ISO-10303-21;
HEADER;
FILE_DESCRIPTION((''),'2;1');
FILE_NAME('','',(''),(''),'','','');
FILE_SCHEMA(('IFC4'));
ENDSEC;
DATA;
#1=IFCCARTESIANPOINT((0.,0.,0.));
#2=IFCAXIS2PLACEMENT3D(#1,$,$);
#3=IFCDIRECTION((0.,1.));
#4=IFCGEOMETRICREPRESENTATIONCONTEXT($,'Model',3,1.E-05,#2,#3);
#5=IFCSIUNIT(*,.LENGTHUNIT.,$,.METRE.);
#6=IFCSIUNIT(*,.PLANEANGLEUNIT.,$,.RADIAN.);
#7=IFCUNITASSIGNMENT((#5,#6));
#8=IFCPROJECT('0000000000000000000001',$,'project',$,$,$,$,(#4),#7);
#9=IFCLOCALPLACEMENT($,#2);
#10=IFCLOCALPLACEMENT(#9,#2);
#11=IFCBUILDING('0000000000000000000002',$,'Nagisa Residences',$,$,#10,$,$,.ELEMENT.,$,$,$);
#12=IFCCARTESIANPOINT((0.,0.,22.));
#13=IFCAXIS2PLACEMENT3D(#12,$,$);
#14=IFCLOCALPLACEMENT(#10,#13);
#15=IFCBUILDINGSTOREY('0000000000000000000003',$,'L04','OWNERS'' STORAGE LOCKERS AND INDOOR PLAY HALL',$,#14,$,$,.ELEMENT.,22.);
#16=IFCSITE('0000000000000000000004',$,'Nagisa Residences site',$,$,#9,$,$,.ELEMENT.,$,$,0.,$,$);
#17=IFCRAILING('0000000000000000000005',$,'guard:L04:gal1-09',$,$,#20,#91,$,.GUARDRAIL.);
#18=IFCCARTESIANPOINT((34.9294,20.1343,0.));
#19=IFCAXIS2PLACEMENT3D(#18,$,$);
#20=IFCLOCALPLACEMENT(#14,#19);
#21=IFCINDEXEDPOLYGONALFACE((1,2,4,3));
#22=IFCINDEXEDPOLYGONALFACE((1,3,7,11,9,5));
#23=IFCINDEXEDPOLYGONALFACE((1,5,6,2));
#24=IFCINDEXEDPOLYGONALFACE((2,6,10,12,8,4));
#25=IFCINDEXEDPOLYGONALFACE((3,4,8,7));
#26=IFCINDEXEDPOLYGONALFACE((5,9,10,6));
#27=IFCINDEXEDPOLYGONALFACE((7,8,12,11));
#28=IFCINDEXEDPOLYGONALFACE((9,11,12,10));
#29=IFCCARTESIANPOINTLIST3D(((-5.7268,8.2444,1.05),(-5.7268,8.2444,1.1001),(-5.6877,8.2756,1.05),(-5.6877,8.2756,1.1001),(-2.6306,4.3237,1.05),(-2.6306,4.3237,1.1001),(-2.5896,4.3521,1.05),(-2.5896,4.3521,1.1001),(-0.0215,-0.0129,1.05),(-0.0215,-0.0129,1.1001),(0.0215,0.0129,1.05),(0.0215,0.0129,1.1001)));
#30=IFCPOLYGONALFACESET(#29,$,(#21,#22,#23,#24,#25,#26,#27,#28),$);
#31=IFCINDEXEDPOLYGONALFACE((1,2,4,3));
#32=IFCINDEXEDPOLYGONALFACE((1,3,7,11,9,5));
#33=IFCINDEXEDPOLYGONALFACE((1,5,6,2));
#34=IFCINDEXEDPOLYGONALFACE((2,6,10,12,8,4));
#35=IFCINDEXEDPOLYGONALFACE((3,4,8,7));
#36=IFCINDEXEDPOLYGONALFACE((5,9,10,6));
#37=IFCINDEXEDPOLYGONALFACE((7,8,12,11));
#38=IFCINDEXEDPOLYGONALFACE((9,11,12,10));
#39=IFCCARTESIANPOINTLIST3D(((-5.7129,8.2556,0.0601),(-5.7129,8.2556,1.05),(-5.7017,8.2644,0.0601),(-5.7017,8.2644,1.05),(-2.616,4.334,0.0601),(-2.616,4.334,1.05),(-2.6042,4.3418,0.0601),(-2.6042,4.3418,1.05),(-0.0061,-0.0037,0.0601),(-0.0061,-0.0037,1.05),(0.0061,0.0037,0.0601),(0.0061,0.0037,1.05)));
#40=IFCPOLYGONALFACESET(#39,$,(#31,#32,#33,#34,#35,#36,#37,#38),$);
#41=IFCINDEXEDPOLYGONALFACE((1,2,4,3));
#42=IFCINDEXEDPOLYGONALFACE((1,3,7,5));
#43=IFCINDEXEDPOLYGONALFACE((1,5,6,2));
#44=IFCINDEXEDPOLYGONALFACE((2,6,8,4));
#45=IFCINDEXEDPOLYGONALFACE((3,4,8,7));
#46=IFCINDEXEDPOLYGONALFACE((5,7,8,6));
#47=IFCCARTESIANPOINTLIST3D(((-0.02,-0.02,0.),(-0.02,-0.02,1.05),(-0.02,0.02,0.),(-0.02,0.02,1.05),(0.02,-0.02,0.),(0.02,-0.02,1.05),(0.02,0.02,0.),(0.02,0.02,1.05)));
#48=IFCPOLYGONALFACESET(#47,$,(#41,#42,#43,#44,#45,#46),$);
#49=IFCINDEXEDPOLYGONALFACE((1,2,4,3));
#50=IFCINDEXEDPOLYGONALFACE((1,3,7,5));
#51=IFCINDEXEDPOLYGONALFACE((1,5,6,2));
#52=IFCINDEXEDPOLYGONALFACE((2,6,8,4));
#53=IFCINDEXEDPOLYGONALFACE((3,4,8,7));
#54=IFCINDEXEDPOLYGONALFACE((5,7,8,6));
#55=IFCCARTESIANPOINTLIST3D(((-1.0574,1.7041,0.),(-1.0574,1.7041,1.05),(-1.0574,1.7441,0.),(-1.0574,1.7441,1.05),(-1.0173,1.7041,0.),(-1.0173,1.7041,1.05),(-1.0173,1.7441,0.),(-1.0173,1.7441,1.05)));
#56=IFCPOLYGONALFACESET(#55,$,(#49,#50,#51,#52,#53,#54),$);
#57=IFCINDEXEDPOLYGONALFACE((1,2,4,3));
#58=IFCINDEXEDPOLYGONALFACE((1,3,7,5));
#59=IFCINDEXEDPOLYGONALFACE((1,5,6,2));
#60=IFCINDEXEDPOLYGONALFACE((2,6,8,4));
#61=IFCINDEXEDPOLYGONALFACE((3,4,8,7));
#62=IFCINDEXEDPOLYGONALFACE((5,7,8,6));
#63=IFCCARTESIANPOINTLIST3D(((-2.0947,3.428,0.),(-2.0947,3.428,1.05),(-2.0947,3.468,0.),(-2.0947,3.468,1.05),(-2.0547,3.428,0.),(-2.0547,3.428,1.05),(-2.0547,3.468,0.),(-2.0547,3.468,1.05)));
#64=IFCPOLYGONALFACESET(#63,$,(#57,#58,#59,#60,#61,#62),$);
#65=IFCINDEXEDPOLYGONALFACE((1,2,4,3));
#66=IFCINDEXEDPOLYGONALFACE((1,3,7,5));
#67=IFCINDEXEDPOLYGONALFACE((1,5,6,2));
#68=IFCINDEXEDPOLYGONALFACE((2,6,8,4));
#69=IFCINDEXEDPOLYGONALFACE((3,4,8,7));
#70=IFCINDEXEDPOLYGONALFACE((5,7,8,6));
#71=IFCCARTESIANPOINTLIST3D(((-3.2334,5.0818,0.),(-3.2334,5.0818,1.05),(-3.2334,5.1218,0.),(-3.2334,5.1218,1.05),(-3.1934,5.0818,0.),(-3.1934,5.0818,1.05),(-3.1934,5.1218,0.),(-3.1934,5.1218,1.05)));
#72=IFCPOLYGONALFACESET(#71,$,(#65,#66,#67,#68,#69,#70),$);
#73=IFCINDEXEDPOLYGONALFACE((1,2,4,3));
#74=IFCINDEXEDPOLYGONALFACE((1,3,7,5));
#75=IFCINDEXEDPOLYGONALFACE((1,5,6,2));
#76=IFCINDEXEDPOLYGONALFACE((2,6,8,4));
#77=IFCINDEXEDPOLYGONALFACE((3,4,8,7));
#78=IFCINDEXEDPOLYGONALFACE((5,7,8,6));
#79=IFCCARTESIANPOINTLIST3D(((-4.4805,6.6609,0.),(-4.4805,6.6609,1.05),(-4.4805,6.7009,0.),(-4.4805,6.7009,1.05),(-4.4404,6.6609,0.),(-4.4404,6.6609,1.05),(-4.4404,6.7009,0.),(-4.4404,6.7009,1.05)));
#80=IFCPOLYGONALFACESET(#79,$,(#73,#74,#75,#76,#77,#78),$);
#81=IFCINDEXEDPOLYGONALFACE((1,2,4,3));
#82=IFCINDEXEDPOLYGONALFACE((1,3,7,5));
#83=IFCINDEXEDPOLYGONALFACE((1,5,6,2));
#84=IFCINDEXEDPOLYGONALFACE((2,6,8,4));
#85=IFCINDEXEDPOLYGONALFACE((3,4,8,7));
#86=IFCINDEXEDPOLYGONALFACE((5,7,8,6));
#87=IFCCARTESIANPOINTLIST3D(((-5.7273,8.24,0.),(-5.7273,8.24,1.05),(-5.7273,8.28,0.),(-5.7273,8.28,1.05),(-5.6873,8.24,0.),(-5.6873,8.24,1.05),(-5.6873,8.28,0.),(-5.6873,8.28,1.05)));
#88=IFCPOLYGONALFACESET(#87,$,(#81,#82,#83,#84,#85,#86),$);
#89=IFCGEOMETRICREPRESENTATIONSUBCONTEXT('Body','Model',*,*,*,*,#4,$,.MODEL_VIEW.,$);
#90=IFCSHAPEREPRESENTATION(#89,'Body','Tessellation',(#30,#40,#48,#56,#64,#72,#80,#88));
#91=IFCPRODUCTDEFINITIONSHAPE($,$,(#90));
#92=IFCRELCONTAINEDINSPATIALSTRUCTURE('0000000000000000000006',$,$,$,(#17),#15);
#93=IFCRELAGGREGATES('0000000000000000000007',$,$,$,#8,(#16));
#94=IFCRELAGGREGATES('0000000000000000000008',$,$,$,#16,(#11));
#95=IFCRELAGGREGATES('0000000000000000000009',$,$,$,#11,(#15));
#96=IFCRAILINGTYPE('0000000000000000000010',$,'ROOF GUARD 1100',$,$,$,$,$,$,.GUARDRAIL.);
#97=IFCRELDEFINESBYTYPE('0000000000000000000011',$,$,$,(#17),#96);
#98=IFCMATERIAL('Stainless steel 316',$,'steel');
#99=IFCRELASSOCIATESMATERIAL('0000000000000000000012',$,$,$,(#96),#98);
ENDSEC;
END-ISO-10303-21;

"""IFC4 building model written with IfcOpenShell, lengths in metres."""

from ifc_helpers import new_model, si_unit, direction, frame, origin, origin_2d, place, context, subcontext, project, spatial, polyline, rectangle, outline, extrude, material, type_object, element, save


model = new_model("IFC4")

# Units and contexts
model_context = context("Model", 3, precision=1e-05, world=origin(), true_north=direction((0.0, 1.0)))
body_context = subcontext(model_context, "Body", "Model", "MODEL_VIEW")
ifc_project = project(units=[si_unit("LENGTHUNIT", "METRE"), si_unit("PLANEANGLEUNIT", "RADIAN")], contexts=[model_context])

# Site, building, storey
site_placement = place(None, origin())
site = spatial("IfcSite", under=ifc_project, at=site_placement, Name="Nagisa Residences site", CompositionType="ELEMENT", RefElevation=0.0)
building_placement = place(site_placement, origin())
building = spatial("IfcBuilding", under=site, at=building_placement, Name="Nagisa Residences", CompositionType="ELEMENT")
storey_placement = place(building_placement, frame((0.0, 0.0, 22.0)))
storey = spatial("IfcBuildingStorey", under=building, at=storey_placement, Name="L04", Description="OWNERS' STORAGE LOCKERS AND INDOOR PLAY HALL", CompositionType="ELEMENT", Elevation=22.0)

# Railing
ifc_material_1 = material(Name="Stainless steel 316", Category="steel")
railing_type = type_object("IfcRailingType", Name="ROOF GUARD 1100", PredefinedType="GUARDRAIL", material=ifc_material_1)
railing_placement = place(storey_placement, frame((34.9294, 20.1343, 0.0)))
element("IfcRailing", 1, at=railing_placement, inside=storey, type_object=railing_type, Name="guard:L04:gal1-09", PredefinedType="GUARDRAIL", context=body_context, shape_type="SweptSolid", body=[
    extrude(outline(polyline([(-2.6306, 4.3237), (-0.0215, -0.0129), (0.0215, 0.0129), (-2.5896, 4.3521), (-5.6877, 8.2756), (-5.7268, 8.2444), (-2.6306, 4.3237)])), frame((0.0, 0.0, 1.05)), (0.0, 0.0, 1.0), 0.05),
    extrude(outline(polyline([(-2.616, 4.334), (-0.0061, -0.0037), (0.0061, 0.0037), (-2.6042, 4.3418), (-5.7017, 8.2644), (-5.7129, 8.2556), (-2.616, 4.334)])), frame((0.0, 0.0, 0.0601)), (0.0, 0.0, 1.0), 0.99),
    extrude(rectangle(XDim=0.04, YDim=0.04, at=origin_2d()), origin(), (0.0, 0.0, 1.0), 1.05),
    extrude(rectangle(XDim=0.04, YDim=0.04, at=origin_2d()), frame((-1.0374, 1.7241, 0.0)), (0.0, 0.0, 1.0), 1.05),
    extrude(rectangle(XDim=0.04, YDim=0.04, at=origin_2d()), frame((-2.0747, 3.448, 0.0)), (0.0, 0.0, 1.0), 1.05),
    extrude(rectangle(XDim=0.04, YDim=0.04, at=origin_2d()), frame((-3.2134, 5.1018, 0.0)), (0.0, 0.0, 1.0), 1.05),
    extrude(rectangle(XDim=0.04, YDim=0.04, at=origin_2d()), frame((-4.4604, 6.6809, 0.0)), (0.0, 0.0, 1.0), 1.05),
    extrude(rectangle(XDim=0.04, YDim=0.04, at=origin_2d()), frame((-5.7073, 8.26, 0.0)), (0.0, 0.0, 1.0), 1.05),
])

save(model, "model.ifc")
